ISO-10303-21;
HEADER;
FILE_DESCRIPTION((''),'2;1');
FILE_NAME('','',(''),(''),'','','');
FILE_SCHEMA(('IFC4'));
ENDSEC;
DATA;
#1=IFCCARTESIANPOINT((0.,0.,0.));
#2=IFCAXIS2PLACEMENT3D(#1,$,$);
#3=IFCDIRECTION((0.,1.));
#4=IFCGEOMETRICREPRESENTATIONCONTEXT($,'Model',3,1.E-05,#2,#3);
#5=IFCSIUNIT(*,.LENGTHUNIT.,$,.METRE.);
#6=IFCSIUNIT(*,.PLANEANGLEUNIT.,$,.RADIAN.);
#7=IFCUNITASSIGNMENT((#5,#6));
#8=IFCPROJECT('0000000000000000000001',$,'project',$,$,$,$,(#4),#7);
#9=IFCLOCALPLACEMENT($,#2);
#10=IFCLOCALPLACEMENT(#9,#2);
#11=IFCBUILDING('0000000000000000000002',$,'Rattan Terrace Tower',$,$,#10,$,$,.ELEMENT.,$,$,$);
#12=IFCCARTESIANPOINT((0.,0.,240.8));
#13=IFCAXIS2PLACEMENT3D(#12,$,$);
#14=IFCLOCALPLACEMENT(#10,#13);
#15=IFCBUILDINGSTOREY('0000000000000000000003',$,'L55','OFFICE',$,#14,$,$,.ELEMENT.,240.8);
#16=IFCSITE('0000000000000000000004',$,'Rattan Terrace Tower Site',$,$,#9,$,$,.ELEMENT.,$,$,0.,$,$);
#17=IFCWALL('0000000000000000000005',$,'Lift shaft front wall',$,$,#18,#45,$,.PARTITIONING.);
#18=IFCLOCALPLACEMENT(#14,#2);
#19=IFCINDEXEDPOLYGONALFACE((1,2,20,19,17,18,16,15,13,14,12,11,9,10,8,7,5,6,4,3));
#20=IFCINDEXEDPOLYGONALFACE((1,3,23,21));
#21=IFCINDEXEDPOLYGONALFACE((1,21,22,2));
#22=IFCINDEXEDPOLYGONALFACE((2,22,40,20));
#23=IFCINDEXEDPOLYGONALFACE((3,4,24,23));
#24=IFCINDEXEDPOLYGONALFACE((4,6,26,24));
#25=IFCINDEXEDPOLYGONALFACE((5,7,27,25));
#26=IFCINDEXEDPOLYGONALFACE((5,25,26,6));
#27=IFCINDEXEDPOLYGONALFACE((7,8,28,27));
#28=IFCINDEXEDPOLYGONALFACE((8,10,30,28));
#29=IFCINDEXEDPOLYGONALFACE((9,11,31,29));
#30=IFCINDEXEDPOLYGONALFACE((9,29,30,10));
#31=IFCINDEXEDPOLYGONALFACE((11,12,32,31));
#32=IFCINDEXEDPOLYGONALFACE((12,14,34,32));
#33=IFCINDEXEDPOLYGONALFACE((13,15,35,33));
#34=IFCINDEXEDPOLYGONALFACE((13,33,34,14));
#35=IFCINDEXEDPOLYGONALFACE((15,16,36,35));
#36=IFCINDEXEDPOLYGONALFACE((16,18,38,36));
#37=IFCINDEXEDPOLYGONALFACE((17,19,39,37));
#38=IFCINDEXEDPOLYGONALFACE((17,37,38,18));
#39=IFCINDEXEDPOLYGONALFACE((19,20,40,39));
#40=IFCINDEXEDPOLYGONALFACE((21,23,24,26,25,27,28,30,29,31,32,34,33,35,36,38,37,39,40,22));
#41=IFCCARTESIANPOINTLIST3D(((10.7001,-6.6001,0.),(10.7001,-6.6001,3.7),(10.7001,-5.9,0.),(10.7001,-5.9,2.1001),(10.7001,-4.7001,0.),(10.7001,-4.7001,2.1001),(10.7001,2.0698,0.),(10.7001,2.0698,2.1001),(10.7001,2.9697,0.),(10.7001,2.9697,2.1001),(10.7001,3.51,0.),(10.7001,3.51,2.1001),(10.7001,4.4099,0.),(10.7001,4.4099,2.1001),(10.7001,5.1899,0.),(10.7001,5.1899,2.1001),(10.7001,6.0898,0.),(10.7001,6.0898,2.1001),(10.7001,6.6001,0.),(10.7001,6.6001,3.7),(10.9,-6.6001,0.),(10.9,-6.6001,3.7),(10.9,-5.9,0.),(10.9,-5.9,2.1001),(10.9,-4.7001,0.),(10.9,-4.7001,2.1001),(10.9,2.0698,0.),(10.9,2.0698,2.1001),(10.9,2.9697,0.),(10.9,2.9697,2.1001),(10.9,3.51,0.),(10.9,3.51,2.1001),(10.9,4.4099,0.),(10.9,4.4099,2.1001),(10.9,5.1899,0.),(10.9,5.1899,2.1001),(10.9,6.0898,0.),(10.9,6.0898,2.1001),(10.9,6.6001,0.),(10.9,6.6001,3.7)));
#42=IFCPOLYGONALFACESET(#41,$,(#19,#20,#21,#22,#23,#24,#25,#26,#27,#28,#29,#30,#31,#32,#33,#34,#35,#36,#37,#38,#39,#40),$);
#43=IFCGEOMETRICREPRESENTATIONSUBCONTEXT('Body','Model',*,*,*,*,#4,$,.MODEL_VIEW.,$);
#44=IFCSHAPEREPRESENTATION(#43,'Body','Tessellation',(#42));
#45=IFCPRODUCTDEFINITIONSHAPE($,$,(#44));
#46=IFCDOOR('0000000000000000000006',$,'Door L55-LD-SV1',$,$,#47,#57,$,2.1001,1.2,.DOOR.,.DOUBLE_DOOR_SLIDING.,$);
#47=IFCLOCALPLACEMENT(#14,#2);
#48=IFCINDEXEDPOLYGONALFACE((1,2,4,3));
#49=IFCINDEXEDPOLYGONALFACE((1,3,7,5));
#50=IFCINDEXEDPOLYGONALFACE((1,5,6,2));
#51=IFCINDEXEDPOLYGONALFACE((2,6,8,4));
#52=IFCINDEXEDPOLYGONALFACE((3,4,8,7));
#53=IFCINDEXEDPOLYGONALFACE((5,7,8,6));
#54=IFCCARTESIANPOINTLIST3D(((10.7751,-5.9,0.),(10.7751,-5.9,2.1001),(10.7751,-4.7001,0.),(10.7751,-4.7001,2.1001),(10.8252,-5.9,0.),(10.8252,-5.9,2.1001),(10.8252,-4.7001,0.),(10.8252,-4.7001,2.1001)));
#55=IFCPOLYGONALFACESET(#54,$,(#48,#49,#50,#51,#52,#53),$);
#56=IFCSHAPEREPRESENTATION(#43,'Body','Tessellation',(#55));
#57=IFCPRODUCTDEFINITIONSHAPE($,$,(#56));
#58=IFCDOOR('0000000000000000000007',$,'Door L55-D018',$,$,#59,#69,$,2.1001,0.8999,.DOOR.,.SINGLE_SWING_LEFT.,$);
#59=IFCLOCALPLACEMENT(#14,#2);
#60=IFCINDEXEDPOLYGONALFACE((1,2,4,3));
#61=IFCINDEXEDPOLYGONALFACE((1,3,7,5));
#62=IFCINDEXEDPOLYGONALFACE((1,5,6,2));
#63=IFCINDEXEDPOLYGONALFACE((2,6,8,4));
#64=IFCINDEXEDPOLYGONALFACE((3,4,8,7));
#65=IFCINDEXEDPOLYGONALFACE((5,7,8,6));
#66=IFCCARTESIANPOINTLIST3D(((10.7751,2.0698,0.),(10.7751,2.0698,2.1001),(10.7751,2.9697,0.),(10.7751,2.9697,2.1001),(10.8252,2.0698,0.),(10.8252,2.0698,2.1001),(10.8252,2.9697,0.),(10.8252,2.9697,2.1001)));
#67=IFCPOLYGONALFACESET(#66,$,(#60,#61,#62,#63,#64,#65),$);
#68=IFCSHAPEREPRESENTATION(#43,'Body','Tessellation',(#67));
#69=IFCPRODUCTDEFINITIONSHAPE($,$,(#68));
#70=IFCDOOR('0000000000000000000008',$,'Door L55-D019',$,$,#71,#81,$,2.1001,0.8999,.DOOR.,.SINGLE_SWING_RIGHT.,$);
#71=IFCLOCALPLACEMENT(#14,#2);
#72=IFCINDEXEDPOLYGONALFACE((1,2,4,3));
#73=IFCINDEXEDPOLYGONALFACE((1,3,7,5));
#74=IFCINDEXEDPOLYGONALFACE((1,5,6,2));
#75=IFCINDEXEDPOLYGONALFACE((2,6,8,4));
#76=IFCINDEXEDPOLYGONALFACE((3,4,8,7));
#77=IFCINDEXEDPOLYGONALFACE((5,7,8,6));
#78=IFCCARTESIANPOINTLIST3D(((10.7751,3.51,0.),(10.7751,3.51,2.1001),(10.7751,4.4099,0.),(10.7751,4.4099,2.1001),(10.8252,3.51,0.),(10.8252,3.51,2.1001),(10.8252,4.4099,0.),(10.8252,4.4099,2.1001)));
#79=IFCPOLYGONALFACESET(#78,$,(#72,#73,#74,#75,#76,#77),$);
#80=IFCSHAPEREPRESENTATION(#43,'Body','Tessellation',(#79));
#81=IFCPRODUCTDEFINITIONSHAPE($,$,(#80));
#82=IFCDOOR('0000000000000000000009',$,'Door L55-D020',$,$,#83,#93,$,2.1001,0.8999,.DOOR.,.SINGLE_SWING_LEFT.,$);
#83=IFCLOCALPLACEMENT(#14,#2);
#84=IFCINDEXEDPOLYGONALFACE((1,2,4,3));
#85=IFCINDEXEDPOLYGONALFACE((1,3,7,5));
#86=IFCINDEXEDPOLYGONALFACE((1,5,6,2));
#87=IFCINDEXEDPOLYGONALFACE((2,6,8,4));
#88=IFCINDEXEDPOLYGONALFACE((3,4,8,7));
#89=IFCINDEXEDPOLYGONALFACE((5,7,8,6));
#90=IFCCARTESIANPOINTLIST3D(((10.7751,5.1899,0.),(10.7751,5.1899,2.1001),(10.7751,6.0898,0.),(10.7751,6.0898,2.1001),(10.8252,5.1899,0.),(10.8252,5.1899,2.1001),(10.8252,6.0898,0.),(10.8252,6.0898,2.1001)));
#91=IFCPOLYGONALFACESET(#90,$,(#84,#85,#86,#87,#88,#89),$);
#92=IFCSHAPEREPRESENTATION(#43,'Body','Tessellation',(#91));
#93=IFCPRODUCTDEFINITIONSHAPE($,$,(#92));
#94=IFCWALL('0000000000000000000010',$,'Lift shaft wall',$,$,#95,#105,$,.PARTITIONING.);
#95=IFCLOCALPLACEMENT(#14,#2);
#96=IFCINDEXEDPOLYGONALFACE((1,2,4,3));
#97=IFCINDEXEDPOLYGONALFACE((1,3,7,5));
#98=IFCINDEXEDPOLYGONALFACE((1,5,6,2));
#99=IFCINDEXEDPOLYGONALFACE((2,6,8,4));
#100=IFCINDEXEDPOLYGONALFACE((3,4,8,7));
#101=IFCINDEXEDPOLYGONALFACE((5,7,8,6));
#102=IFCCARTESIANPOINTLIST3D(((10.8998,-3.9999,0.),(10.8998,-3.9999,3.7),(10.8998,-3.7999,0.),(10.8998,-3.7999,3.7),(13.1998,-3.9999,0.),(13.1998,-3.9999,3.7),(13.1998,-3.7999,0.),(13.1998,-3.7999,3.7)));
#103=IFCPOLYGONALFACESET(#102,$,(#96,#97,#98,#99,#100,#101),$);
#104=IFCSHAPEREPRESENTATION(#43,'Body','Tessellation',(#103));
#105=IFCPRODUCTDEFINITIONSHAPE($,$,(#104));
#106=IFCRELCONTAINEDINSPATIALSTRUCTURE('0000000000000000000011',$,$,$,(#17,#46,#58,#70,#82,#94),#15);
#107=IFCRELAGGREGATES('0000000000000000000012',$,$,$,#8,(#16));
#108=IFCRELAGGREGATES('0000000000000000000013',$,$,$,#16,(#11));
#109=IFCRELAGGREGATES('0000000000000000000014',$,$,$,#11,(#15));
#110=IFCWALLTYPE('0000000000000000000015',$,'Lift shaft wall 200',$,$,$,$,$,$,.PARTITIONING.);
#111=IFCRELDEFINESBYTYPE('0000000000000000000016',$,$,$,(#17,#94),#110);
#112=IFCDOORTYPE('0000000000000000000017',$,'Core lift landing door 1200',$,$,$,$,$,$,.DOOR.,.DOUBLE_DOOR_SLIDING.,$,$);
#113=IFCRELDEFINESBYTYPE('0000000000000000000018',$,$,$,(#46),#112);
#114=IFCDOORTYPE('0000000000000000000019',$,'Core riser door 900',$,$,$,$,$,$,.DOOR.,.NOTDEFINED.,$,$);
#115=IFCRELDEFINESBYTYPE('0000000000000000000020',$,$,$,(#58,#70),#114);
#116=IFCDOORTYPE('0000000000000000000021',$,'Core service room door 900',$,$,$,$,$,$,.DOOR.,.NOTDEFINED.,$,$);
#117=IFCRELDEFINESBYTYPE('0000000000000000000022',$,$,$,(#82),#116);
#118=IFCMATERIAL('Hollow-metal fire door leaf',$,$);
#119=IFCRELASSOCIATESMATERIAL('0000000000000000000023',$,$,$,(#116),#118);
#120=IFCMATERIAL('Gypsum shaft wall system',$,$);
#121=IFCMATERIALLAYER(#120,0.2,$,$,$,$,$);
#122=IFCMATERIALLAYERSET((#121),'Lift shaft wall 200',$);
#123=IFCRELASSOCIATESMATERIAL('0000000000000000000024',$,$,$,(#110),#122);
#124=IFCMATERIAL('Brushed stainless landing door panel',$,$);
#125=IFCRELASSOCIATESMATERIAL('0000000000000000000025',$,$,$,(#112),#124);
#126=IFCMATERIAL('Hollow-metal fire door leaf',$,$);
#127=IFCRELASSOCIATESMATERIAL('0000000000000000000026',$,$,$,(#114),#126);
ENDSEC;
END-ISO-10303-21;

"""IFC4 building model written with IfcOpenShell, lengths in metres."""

from ifc_helpers import new_model, si_unit, direction, frame, frame_2d, origin, place, context, subcontext, project, spatial, rectangle, extrude, material, layer, layer_set, type_object, element, fill, save


model = new_model("IFC4")

# Units and contexts
model_context = context("Model", 3, precision=1e-05, world=origin(), true_north=direction((0.0, 1.0)))
body_context = subcontext(model_context, "Body", "Model", "MODEL_VIEW")
ifc_project = project(units=[si_unit("LENGTHUNIT", "METRE"), si_unit("PLANEANGLEUNIT", "RADIAN")], contexts=[model_context])

# Site, building, storey
site_placement = place(None, origin())
site = spatial("IfcSite", under=ifc_project, at=site_placement, Name="Rattan Terrace Tower Site", CompositionType="ELEMENT", RefElevation=0.0)
building_placement = place(site_placement, origin())
building = spatial("IfcBuilding", under=site, at=building_placement, Name="Rattan Terrace Tower", CompositionType="ELEMENT")
storey_placement = place(building_placement, frame((0.0, 0.0, 240.8)))
storey = spatial("IfcBuildingStorey", under=building, at=storey_placement, Name="L55", Description="OFFICE", CompositionType="ELEMENT", Elevation=240.8)

# Shared definitions
ifc_material_1 = material(Name="Hollow-metal fire door leaf")
door_type_1 = type_object("IfcDoorType", Name="Core service room door 900", OperationType="NOTDEFINED", PredefinedType="DOOR", material=ifc_material_1)

# Wall, openings, doors
ifc_material_2 = material(Name="Gypsum shaft wall system")
ifc_layer_1 = layer(ifc_material_2, 0.2)
ifc_layer_set_1 = layer_set([ifc_layer_1], Name="Lift shaft wall 200")
wall_type_1 = type_object("IfcWallType", Name="Lift shaft wall 200", PredefinedType="PARTITIONING", material=ifc_layer_set_1)
wall_1_placement = place(storey_placement, frame((10.8, -6.6001, 0.0), z_axis=(0.0, 0.0, 1.0), x_axis=(0.0, 1.0, 0.0)))
wall_1 = element("IfcWall", 1, at=wall_1_placement, inside=storey, type_object=wall_type_1, Name="Lift shaft front wall", PredefinedType="PARTITIONING", context=body_context, shape_type="SweptSolid", body=[
    extrude(rectangle(XDim=13.2002, YDim=0.2, at=frame_2d((6.6001, 0.0))), origin(), (0.0, 0.0, 1.0), 3.7),
])
opening_1_placement = place(wall_1_placement, frame((0.7, 0.0, 0.0)))
opening_1 = element("IfcOpeningElement", 2, at=opening_1_placement, cuts=wall_1, PredefinedType="OPENING", context=body_context, shape_type="SweptSolid", body=[
    extrude(rectangle(XDim=1.2, YDim=2.1001, at=frame_2d((0.6001, 1.05))), frame((0.0, 0.1106, 0.0), z_axis=(0.0, -1.0, 0.0), x_axis=(1.0, 0.0, 0.0)), (0.0, 0.0, 1.0), 0.2209),
])
opening_2_placement = place(wall_1_placement, frame((8.6699, 0.0, 0.0)))
opening_2 = element("IfcOpeningElement", 3, at=opening_2_placement, cuts=wall_1, PredefinedType="OPENING", context=body_context, shape_type="SweptSolid", body=[
    extrude(rectangle(XDim=0.8999, YDim=2.1001, at=frame_2d((0.45, 1.05))), frame((0.0, 0.1106, 0.0), z_axis=(0.0, -1.0, 0.0), x_axis=(1.0, 0.0, 0.0)), (0.0, 0.0, 1.0), 0.2209),
])
opening_3_placement = place(wall_1_placement, frame((10.1101, 0.0, 0.0)))
opening_3 = element("IfcOpeningElement", 4, at=opening_3_placement, cuts=wall_1, PredefinedType="OPENING", context=body_context, shape_type="SweptSolid", body=[
    extrude(rectangle(XDim=0.8999, YDim=2.1001, at=frame_2d((0.45, 1.05))), frame((0.0, 0.1106, 0.0), z_axis=(0.0, -1.0, 0.0), x_axis=(1.0, 0.0, 0.0)), (0.0, 0.0, 1.0), 0.2209),
])
opening_4_placement = place(wall_1_placement, frame((11.79, 0.0, 0.0)))
opening_4 = element("IfcOpeningElement", 5, at=opening_4_placement, cuts=wall_1, PredefinedType="OPENING", context=body_context, shape_type="SweptSolid", body=[
    extrude(rectangle(XDim=0.8999, YDim=2.1001, at=frame_2d((0.45, 1.05))), frame((0.0, 0.1106, 0.0), z_axis=(0.0, -1.0, 0.0), x_axis=(1.0, 0.0, 0.0)), (0.0, 0.0, 1.0), 0.2209),
])
ifc_material_3 = material(Name="Brushed stainless landing door panel")
door_type_2 = type_object("IfcDoorType", Name="Core lift landing door 1200", OperationType="DOUBLE_DOOR_SLIDING", PredefinedType="DOOR", material=ifc_material_3)
door_1_placement = place(opening_1_placement, origin())
door_1 = element("IfcDoor", 6, at=door_1_placement, inside=storey, type_object=door_type_2, Name="Door L55-LD-SV1", OperationType="DOUBLE_DOOR_SLIDING", OverallHeight=2.1001, OverallWidth=1.2, PredefinedType="DOOR", context=body_context, shape_type="SweptSolid", body=[
    extrude(rectangle(XDim=1.2, YDim=2.1001, at=frame_2d((0.6001, 1.05))), frame((0.0, 0.0249, 0.0), z_axis=(0.0, -1.0, 0.0), x_axis=(1.0, 0.0, 0.0)), (0.0, 0.0, 1.0), 0.05),
])
fill(opening_1, door_1)
ifc_material_4 = material(Name="Hollow-metal fire door leaf")
door_type_3 = type_object("IfcDoorType", Name="Core riser door 900", OperationType="NOTDEFINED", PredefinedType="DOOR", material=ifc_material_4)
door_2_placement = place(opening_2_placement, origin())
door_2 = element("IfcDoor", 7, at=door_2_placement, inside=storey, type_object=door_type_3, Name="Door L55-D018", OperationType="SINGLE_SWING_LEFT", OverallHeight=2.1001, OverallWidth=0.8999, PredefinedType="DOOR", context=body_context, shape_type="SweptSolid", body=[
    extrude(rectangle(XDim=0.8999, YDim=2.1001, at=frame_2d((0.45, 1.05))), frame((0.0, 0.0249, 0.0), z_axis=(0.0, -1.0, 0.0), x_axis=(1.0, 0.0, 0.0)), (0.0, 0.0, 1.0), 0.05),
])
fill(opening_2, door_2)
door_3_placement = place(opening_3_placement, origin())
door_3 = element("IfcDoor", 8, at=door_3_placement, inside=storey, type_object=door_type_3, Name="Door L55-D019", OperationType="SINGLE_SWING_RIGHT", OverallHeight=2.1001, OverallWidth=0.8999, PredefinedType="DOOR", context=body_context, shape_type="SweptSolid", body=[
    extrude(rectangle(XDim=0.8999, YDim=2.1001, at=frame_2d((0.45, 1.05))), frame((0.0, 0.0249, 0.0), z_axis=(0.0, -1.0, 0.0), x_axis=(1.0, 0.0, 0.0)), (0.0, 0.0, 1.0), 0.05),
])
fill(opening_3, door_3)
door_4_placement = place(opening_4_placement, origin())
door_4 = element("IfcDoor", 9, at=door_4_placement, inside=storey, type_object=door_type_1, Name="Door L55-D020", OperationType="SINGLE_SWING_LEFT", OverallHeight=2.1001, OverallWidth=0.8999, PredefinedType="DOOR", context=body_context, shape_type="SweptSolid", body=[
    extrude(rectangle(XDim=0.8999, YDim=2.1001, at=frame_2d((0.45, 1.05))), frame((0.0, 0.0249, 0.0), z_axis=(0.0, -1.0, 0.0), x_axis=(1.0, 0.0, 0.0)), (0.0, 0.0, 1.0), 0.05),
])
fill(opening_4, door_4)

# Wall
wall_2_placement = place(storey_placement, frame((10.8999, -3.8999, 0.0), z_axis=(0.0, 0.0, 1.0), x_axis=(1.0, 0.0, 0.0)))
element("IfcWall", 10, at=wall_2_placement, inside=storey, type_object=wall_type_1, Name="Lift shaft wall", PredefinedType="PARTITIONING", context=body_context, shape_type="SweptSolid", body=[
    extrude(rectangle(XDim=2.3, YDim=0.2, at=frame_2d((1.1499, 0.0))), origin(), (0.0, 0.0, 1.0), 3.7),
])

save(model, "model.ifc")
